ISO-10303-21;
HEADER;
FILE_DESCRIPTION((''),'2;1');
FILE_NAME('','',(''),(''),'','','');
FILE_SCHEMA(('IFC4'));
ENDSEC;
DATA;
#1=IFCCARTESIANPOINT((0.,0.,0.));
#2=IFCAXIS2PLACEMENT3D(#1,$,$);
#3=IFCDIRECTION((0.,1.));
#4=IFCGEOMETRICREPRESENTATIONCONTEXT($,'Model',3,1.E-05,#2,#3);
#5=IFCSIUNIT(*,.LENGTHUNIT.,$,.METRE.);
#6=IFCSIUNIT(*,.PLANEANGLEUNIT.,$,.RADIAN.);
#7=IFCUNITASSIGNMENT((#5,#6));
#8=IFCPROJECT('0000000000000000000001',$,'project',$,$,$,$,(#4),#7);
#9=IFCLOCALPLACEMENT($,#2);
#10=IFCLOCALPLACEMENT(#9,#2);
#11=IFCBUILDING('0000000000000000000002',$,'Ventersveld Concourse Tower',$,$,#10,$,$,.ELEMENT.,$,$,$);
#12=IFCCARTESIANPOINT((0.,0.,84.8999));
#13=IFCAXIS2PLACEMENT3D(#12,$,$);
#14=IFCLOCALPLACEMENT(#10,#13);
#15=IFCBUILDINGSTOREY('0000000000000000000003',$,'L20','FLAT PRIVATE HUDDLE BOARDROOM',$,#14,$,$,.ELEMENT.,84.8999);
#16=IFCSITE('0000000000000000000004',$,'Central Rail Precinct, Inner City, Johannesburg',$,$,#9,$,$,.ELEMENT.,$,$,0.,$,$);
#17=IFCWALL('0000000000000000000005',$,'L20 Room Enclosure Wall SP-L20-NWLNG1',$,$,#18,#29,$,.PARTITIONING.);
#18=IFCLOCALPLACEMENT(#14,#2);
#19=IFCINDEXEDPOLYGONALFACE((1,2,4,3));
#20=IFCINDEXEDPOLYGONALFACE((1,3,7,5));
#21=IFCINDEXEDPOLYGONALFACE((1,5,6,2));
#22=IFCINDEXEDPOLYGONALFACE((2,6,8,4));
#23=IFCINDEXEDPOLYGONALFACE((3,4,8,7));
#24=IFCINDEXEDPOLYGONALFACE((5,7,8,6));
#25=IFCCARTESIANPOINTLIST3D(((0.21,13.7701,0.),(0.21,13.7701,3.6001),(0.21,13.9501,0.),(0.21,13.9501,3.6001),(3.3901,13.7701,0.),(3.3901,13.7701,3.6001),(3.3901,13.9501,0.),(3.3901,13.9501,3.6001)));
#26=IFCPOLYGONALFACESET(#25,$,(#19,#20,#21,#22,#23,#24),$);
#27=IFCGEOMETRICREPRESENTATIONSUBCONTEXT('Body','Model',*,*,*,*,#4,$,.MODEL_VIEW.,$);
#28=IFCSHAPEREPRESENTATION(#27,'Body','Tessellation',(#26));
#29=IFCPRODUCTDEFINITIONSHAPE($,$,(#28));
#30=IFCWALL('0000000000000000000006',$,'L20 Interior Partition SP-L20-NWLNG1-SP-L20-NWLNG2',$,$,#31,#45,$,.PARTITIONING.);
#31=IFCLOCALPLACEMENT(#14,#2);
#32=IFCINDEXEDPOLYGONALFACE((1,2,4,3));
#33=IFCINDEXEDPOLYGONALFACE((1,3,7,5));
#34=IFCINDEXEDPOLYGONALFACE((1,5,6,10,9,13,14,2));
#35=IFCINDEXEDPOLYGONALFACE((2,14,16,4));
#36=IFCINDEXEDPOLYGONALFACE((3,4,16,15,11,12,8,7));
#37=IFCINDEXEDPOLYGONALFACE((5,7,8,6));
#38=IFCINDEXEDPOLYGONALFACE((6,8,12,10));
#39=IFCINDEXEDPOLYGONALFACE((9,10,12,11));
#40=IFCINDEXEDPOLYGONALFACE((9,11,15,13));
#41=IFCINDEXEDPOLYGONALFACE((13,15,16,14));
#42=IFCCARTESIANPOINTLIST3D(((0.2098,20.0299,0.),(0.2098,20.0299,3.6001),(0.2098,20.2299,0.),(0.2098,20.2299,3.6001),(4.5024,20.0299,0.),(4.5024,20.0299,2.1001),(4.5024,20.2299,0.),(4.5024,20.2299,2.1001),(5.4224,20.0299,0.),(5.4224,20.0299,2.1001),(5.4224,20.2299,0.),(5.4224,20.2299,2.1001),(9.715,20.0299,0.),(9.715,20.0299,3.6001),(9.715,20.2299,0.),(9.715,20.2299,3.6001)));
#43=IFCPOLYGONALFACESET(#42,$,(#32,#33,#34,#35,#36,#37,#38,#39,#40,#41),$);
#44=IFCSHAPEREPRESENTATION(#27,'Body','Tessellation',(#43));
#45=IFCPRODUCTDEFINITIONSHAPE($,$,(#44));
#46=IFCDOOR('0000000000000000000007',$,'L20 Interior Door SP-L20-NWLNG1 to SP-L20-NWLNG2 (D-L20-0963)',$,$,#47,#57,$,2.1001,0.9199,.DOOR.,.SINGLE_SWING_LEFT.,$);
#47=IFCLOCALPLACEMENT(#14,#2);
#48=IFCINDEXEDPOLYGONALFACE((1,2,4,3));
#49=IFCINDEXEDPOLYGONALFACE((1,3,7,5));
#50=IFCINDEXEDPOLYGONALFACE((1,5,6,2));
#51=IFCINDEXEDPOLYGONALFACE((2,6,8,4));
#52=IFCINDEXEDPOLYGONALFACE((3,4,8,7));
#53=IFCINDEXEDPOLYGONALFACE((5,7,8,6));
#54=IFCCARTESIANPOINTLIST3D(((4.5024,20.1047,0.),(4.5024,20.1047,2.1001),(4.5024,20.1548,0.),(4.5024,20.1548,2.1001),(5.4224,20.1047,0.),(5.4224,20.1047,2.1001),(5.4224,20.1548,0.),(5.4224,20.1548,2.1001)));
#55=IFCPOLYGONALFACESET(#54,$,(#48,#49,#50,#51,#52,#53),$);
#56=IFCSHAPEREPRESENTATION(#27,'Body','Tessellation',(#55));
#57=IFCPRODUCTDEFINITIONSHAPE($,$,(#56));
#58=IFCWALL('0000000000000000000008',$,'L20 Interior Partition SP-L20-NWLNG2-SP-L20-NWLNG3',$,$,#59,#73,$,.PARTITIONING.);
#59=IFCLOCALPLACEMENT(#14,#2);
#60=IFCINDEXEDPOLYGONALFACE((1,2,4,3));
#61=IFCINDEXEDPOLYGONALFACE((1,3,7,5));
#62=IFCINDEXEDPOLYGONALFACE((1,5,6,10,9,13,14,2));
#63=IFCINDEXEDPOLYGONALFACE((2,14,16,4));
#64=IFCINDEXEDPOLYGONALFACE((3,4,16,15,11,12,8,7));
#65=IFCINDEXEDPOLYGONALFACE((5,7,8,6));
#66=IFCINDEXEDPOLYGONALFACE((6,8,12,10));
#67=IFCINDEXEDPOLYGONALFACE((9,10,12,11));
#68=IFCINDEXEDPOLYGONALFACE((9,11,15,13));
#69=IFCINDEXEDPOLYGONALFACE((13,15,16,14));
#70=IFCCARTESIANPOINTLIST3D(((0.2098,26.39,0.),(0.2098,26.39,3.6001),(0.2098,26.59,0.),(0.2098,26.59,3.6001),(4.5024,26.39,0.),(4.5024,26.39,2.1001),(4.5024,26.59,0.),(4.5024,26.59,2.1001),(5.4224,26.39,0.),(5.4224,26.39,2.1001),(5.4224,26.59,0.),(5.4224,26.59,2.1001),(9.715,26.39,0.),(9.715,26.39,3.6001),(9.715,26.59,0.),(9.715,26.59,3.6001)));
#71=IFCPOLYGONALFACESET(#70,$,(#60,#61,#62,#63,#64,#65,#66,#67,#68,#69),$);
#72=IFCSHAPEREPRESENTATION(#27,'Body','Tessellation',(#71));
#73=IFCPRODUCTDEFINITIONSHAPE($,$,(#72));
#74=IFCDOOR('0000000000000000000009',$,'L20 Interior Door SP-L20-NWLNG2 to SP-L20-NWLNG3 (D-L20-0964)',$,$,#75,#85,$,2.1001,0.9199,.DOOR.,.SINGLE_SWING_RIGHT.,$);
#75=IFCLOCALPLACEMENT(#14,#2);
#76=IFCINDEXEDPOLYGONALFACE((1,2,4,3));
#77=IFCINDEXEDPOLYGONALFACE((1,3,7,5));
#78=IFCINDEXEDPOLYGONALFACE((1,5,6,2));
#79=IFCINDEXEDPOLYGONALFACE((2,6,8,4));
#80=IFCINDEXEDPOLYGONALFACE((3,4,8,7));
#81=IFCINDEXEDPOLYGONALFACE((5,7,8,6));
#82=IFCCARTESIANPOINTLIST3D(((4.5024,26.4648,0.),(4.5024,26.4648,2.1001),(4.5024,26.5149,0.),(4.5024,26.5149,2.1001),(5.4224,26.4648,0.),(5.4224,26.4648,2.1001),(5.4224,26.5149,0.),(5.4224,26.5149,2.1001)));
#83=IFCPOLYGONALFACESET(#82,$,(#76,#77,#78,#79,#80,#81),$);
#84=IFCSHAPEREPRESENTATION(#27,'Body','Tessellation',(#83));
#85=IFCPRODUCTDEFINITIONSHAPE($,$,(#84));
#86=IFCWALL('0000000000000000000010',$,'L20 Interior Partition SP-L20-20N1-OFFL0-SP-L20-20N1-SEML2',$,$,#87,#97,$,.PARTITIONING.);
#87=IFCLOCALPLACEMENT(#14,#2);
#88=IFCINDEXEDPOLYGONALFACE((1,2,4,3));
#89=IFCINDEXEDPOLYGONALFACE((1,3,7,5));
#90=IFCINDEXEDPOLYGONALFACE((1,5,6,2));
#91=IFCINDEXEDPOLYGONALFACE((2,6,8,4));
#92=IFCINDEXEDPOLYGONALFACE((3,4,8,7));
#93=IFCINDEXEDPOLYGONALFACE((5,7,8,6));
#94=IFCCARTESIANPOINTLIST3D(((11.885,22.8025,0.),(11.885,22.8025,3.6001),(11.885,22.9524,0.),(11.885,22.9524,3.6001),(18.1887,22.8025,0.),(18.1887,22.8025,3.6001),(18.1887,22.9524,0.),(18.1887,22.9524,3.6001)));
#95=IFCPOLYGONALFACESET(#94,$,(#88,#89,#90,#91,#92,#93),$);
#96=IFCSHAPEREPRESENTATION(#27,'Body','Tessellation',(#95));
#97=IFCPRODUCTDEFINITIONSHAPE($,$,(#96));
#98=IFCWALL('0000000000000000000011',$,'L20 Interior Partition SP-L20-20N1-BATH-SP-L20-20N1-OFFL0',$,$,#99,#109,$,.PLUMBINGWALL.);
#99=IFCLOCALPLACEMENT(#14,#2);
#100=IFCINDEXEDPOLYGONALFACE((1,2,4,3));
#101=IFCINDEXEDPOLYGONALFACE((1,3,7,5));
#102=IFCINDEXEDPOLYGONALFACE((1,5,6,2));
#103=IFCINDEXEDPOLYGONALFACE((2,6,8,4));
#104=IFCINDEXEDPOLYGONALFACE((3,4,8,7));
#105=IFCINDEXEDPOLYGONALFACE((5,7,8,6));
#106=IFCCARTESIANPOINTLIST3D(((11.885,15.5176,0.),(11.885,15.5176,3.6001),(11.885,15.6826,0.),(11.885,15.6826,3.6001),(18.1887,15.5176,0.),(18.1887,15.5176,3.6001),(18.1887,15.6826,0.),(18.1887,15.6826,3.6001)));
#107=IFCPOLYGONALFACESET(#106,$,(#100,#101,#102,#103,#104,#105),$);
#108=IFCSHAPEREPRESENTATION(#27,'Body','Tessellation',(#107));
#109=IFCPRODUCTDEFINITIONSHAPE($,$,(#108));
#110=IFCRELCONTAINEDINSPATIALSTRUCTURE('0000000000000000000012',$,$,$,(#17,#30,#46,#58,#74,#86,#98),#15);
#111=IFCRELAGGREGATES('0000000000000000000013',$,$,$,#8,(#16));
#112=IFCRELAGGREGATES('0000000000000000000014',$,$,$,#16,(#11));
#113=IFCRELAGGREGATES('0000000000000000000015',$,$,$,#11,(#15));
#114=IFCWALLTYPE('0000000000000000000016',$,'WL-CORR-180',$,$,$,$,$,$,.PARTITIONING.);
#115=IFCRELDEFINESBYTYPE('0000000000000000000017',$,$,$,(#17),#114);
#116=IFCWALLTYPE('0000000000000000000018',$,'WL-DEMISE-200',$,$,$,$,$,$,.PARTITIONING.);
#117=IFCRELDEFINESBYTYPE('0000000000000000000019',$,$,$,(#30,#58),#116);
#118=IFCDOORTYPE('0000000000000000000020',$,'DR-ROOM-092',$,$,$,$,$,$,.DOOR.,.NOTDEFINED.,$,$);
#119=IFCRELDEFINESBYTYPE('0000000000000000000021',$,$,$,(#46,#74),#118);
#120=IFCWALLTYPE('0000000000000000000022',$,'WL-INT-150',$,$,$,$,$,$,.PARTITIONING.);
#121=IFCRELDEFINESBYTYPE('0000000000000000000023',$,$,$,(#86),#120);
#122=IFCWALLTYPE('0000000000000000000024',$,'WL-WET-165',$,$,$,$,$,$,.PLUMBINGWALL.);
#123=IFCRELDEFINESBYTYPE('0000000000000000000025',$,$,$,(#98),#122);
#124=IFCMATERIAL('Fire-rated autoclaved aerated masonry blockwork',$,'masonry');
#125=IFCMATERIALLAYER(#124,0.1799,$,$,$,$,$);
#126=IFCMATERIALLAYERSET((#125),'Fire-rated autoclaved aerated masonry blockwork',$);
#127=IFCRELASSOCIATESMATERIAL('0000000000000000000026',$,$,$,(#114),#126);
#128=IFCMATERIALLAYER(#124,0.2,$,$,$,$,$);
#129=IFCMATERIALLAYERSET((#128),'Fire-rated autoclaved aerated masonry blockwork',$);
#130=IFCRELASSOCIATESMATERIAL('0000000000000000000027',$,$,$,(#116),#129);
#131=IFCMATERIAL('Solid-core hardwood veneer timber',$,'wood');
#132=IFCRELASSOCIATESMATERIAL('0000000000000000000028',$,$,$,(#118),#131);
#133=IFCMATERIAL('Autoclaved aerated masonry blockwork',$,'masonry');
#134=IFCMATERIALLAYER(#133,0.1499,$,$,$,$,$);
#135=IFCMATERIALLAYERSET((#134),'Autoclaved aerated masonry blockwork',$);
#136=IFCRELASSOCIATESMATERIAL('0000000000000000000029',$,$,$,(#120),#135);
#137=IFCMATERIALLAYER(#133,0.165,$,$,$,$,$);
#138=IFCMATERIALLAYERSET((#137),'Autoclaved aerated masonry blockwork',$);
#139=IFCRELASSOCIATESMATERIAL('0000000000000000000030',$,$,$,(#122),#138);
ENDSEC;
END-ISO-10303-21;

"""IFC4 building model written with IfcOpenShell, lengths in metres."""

from ifc_helpers import new_model, si_unit, direction, frame, frame_2d, origin, place, context, subcontext, project, spatial, rectangle, extrude, material, layer, layer_set, type_object, element, fill, save


model = new_model("IFC4")

# Units and contexts
model_context = context("Model", 3, precision=1e-05, world=origin(), true_north=direction((0.0, 1.0)))
body_context = subcontext(model_context, "Body", "Model", "MODEL_VIEW")
ifc_project = project(units=[si_unit("LENGTHUNIT", "METRE"), si_unit("PLANEANGLEUNIT", "RADIAN")], contexts=[model_context])

# Site, building, storey
site_placement = place(None, origin())
site = spatial("IfcSite", under=ifc_project, at=site_placement, Name="Central Rail Precinct, Inner City, Johannesburg", CompositionType="ELEMENT", RefElevation=0.0)
building_placement = place(site_placement, origin())
building = spatial("IfcBuilding", under=site, at=building_placement, Name="Ventersveld Concourse Tower", CompositionType="ELEMENT")
storey_placement = place(building_placement, frame((0.0, 0.0, 84.8999)))
storey = spatial("IfcBuildingStorey", under=building, at=storey_placement, Name="L20", Description="FLAT PRIVATE HUDDLE BOARDROOM", CompositionType="ELEMENT", Elevation=84.8999)

# Shared definitions
ifc_material_1 = material(Name="Fire-rated autoclaved aerated masonry blockwork", Category="masonry")
ifc_layer_1 = layer(ifc_material_1, 0.1799)
ifc_layer_set_1 = layer_set([ifc_layer_1], Name="Fire-rated autoclaved aerated masonry blockwork")
wall_type_1 = type_object("IfcWallType", Name="WL-CORR-180", PredefinedType="PARTITIONING", material=ifc_layer_set_1)

# Shared definitions
ifc_material_2 = material(Name="Solid-core hardwood veneer timber", Category="wood")

# Wall
wall_1_placement = place(storey_placement, frame((3.3901, 13.8601, 0.0), z_axis=(0.0, 0.0, 1.0), x_axis=(-1.0, 0.0, 0.0)))
element("IfcWall", 1, at=wall_1_placement, inside=storey, type_object=wall_type_1, Name="L20 Room Enclosure Wall SP-L20-NWLNG1", PredefinedType="PARTITIONING", context=body_context, shape_type="SweptSolid", body=[
    extrude(rectangle(XDim=3.1802, YDim=0.1799, at=frame_2d((1.5901, 0.0))), origin(), (0.0, 0.0, 1.0), 3.6001),
])

# Walls, openings, doors
ifc_layer_2 = layer(ifc_material_1, 0.2)
ifc_layer_set_2 = layer_set([ifc_layer_2], Name="Fire-rated autoclaved aerated masonry blockwork")
wall_type_2 = type_object("IfcWallType", Name="WL-DEMISE-200", PredefinedType="PARTITIONING", material=ifc_layer_set_2)
wall_2_placement = place(storey_placement, frame((0.21, 20.1299, 0.0), z_axis=(0.0, 0.0, 1.0), x_axis=(1.0, 0.0, 0.0)))
wall_2 = element("IfcWall", 2, at=wall_2_placement, inside=storey, type_object=wall_type_2, Name="L20 Interior Partition SP-L20-NWLNG1-SP-L20-NWLNG2", PredefinedType="PARTITIONING", context=body_context, shape_type="SweptSolid", body=[
    extrude(rectangle(XDim=9.5051, YDim=0.2, at=frame_2d((4.7524, 0.0))), origin(), (0.0, 0.0, 1.0), 3.6001),
])
opening_1_placement = place(wall_2_placement, frame((4.2925, 0.0, 0.0)))
opening_1 = element("IfcOpeningElement", 3, at=opening_1_placement, cuts=wall_2, PredefinedType="OPENING", context=body_context, shape_type="SweptSolid", body=[
    extrude(rectangle(XDim=0.9199, YDim=2.1001, at=frame_2d((0.46, 1.05))), frame((0.0, 0.1099, 0.0), z_axis=(0.0, -1.0, 0.0), x_axis=(1.0, 0.0, 0.0)), (0.0, 0.0, 1.0), 0.22),
])
door_type_1 = type_object("IfcDoorType", Name="DR-ROOM-092", OperationType="NOTDEFINED", PredefinedType="DOOR", material=ifc_material_2)
door_1_placement = place(opening_1_placement, origin())
door_1 = element("IfcDoor", 4, at=door_1_placement, inside=storey, type_object=door_type_1, Name="L20 Interior Door SP-L20-NWLNG1 to SP-L20-NWLNG2 (D-L20-0963)", OperationType="SINGLE_SWING_LEFT", OverallHeight=2.1001, OverallWidth=0.9199, PredefinedType="DOOR", context=body_context, shape_type="SweptSolid", body=[
    extrude(rectangle(XDim=0.9199, YDim=2.1001, at=frame_2d((0.46, 1.05))), frame((0.0, 0.0249, 0.0), z_axis=(0.0, -1.0, 0.0), x_axis=(1.0, 0.0, 0.0)), (0.0, 0.0, 1.0), 0.05),
])
fill(opening_1, door_1)
wall_3_placement = place(storey_placement, frame((0.21, 26.49, 0.0), z_axis=(0.0, 0.0, 1.0), x_axis=(1.0, 0.0, 0.0)))
wall_3 = element("IfcWall", 5, at=wall_3_placement, inside=storey, type_object=wall_type_2, Name="L20 Interior Partition SP-L20-NWLNG2-SP-L20-NWLNG3", PredefinedType="PARTITIONING", context=body_context, shape_type="SweptSolid", body=[
    extrude(rectangle(XDim=9.5051, YDim=0.2, at=frame_2d((4.7524, 0.0))), origin(), (0.0, 0.0, 1.0), 3.6001),
])
opening_2_placement = place(wall_3_placement, frame((4.2925, 0.0, 0.0)))
opening_2 = element("IfcOpeningElement", 6, at=opening_2_placement, cuts=wall_3, PredefinedType="OPENING", context=body_context, shape_type="SweptSolid", body=[
    extrude(rectangle(XDim=0.9199, YDim=2.1001, at=frame_2d((0.46, 1.05))), frame((0.0, 0.1099, 0.0), z_axis=(0.0, -1.0, 0.0), x_axis=(1.0, 0.0, 0.0)), (0.0, 0.0, 1.0), 0.22),
])
door_2_placement = place(opening_2_placement, origin())
door_2 = element("IfcDoor", 7, at=door_2_placement, inside=storey, type_object=door_type_1, Name="L20 Interior Door SP-L20-NWLNG2 to SP-L20-NWLNG3 (D-L20-0964)", OperationType="SINGLE_SWING_RIGHT", OverallHeight=2.1001, OverallWidth=0.9199, PredefinedType="DOOR", context=body_context, shape_type="SweptSolid", body=[
    extrude(rectangle(XDim=0.9199, YDim=2.1001, at=frame_2d((0.46, 1.05))), frame((0.0, 0.0249, 0.0), z_axis=(0.0, -1.0, 0.0), x_axis=(1.0, 0.0, 0.0)), (0.0, 0.0, 1.0), 0.05),
])
fill(opening_2, door_2)

# Walls
ifc_material_3 = material(Name="Autoclaved aerated masonry blockwork", Category="masonry")
ifc_layer_3 = layer(ifc_material_3, 0.1499)
ifc_layer_set_3 = layer_set([ifc_layer_3], Name="Autoclaved aerated masonry blockwork")
wall_type_3 = type_object("IfcWallType", Name="WL-INT-150", PredefinedType="PARTITIONING", material=ifc_layer_set_3)
wall_4_placement = place(storey_placement, frame((11.885, 22.8774, 0.0), z_axis=(0.0, 0.0, 1.0), x_axis=(1.0, 0.0, 0.0)))
element("IfcWall", 8, at=wall_4_placement, inside=storey, type_object=wall_type_3, Name="L20 Interior Partition SP-L20-20N1-OFFL0-SP-L20-20N1-SEML2", PredefinedType="PARTITIONING", context=body_context, shape_type="SweptSolid", body=[
    extrude(rectangle(XDim=6.3037, YDim=0.1499, at=frame_2d((3.1519, 0.0))), origin(), (0.0, 0.0, 1.0), 3.6001),
])
ifc_layer_4 = layer(ifc_material_3, 0.165)
ifc_layer_set_4 = layer_set([ifc_layer_4], Name="Autoclaved aerated masonry blockwork")
wall_type_4 = type_object("IfcWallType", Name="WL-WET-165", PredefinedType="PLUMBINGWALL", material=ifc_layer_set_4)
wall_5_placement = place(storey_placement, frame((11.885, 15.6001, 0.0), z_axis=(0.0, 0.0, 1.0), x_axis=(1.0, 0.0, 0.0)))
element("IfcWall", 9, at=wall_5_placement, inside=storey, type_object=wall_type_4, Name="L20 Interior Partition SP-L20-20N1-BATH-SP-L20-20N1-OFFL0", PredefinedType="PLUMBINGWALL", context=body_context, shape_type="SweptSolid", body=[
    extrude(rectangle(XDim=6.3037, YDim=0.165, at=frame_2d((3.1519, 0.0))), origin(), (0.0, 0.0, 1.0), 3.6001),
])

save(model, "model.ifc")
